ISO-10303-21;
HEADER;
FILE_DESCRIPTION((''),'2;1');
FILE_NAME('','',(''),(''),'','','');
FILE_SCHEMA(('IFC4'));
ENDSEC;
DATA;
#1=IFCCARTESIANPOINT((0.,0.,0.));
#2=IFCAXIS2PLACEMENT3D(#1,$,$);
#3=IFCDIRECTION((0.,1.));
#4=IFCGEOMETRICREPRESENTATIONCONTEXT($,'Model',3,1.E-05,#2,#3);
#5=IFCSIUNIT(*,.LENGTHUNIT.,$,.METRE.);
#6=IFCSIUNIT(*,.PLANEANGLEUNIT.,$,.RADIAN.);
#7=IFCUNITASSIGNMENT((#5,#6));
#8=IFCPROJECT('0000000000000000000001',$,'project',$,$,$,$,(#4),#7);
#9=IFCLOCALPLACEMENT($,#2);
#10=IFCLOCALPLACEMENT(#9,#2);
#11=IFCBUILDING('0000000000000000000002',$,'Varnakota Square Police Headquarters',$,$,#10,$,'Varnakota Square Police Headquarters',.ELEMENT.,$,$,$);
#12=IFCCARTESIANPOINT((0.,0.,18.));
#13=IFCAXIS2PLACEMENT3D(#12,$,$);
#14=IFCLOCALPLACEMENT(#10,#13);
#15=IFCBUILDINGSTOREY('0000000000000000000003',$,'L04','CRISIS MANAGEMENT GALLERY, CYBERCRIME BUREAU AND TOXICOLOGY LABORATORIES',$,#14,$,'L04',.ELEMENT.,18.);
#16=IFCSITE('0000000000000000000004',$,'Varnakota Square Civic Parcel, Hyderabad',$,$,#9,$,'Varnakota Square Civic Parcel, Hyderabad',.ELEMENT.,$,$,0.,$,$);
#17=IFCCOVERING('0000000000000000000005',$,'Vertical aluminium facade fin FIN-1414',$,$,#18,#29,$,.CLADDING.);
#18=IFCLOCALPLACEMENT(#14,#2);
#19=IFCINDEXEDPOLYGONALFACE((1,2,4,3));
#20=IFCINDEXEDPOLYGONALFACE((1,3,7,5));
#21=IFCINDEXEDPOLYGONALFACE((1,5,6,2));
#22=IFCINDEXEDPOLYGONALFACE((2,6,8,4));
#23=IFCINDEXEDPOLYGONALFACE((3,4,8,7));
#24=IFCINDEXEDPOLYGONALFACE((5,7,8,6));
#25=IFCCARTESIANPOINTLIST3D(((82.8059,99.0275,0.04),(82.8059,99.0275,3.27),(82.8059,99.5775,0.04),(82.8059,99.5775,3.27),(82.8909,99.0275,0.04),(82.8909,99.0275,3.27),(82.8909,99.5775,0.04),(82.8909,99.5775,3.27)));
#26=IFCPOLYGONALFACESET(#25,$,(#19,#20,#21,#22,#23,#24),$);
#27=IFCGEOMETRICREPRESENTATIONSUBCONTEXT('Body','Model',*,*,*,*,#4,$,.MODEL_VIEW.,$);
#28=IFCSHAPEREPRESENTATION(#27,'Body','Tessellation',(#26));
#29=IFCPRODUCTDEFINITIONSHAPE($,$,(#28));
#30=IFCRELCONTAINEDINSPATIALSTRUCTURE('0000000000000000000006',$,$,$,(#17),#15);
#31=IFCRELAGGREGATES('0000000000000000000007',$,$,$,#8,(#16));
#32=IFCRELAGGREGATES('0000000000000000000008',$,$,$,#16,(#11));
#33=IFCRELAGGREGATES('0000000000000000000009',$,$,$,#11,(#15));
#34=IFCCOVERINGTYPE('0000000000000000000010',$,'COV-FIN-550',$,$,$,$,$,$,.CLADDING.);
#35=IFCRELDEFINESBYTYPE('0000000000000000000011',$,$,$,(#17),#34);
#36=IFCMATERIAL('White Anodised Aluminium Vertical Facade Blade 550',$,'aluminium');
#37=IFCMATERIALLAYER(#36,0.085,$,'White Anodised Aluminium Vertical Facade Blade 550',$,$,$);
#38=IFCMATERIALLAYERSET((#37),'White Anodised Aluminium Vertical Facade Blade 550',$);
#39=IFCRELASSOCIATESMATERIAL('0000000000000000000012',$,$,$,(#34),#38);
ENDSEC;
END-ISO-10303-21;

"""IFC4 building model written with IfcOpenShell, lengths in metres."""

from ifc_helpers import new_model, si_unit, direction, frame, origin, origin_2d, place, context, subcontext, project, spatial, rectangle, extrude, material, layer, layer_set, type_object, element, save


model = new_model("IFC4")

# Units and contexts
model_context = context("Model", 3, precision=1e-05, world=origin(), true_north=direction((0.0, 1.0)))
body_context = subcontext(model_context, "Body", "Model", "MODEL_VIEW")
ifc_project = project(units=[si_unit("LENGTHUNIT", "METRE"), si_unit("PLANEANGLEUNIT", "RADIAN")], contexts=[model_context])

# Site, building, storey
site_placement = place(None, origin())
site = spatial("IfcSite", under=ifc_project, at=site_placement, Name="Varnakota Square Civic Parcel, Hyderabad", LongName="Varnakota Square Civic Parcel, Hyderabad", CompositionType="ELEMENT", RefElevation=0.0)
building_placement = place(site_placement, origin())
building = spatial("IfcBuilding", under=site, at=building_placement, Name="Varnakota Square Police Headquarters", LongName="Varnakota Square Police Headquarters", CompositionType="ELEMENT")
storey_placement = place(building_placement, frame((0.0, 0.0, 18.0)))
storey = spatial("IfcBuildingStorey", under=building, at=storey_placement, Name="L04", Description="CRISIS MANAGEMENT GALLERY, CYBERCRIME BUREAU AND TOXICOLOGY LABORATORIES", LongName="L04", CompositionType="ELEMENT", Elevation=18.0)

# Covering
ifc_material_1 = material(Name="White Anodised Aluminium Vertical Facade Blade 550", Category="aluminium")
ifc_layer_1 = layer(ifc_material_1, 0.085, Name="White Anodised Aluminium Vertical Facade Blade 550")
ifc_layer_set_1 = layer_set([ifc_layer_1], Name="White Anodised Aluminium Vertical Facade Blade 550")
covering_type_1 = type_object("IfcCoveringType", Name="COV-FIN-550", PredefinedType="CLADDING", material=ifc_layer_set_1)
for number, where, z_axis, x_axis, name in (
    (1, (82.8484, 99.3025, 0.04), (0.0, 0.0, 1.0), (1.0, 0.0, 0.0), "Vertical aluminium facade fin FIN-1414"),
):
    element("IfcCovering", number, at=place(storey_placement, frame(where, z_axis=z_axis, x_axis=x_axis)), inside=storey, type_object=covering_type_1, Name=name, PredefinedType="CLADDING", context=body_context, shape_type="SweptSolid", body=[
        extrude(rectangle(XDim=0.085, YDim=0.55, at=origin_2d()), origin(), (0.0, 0.0, 1.0), 3.23),
    ])

save(model, "model.ifc")
